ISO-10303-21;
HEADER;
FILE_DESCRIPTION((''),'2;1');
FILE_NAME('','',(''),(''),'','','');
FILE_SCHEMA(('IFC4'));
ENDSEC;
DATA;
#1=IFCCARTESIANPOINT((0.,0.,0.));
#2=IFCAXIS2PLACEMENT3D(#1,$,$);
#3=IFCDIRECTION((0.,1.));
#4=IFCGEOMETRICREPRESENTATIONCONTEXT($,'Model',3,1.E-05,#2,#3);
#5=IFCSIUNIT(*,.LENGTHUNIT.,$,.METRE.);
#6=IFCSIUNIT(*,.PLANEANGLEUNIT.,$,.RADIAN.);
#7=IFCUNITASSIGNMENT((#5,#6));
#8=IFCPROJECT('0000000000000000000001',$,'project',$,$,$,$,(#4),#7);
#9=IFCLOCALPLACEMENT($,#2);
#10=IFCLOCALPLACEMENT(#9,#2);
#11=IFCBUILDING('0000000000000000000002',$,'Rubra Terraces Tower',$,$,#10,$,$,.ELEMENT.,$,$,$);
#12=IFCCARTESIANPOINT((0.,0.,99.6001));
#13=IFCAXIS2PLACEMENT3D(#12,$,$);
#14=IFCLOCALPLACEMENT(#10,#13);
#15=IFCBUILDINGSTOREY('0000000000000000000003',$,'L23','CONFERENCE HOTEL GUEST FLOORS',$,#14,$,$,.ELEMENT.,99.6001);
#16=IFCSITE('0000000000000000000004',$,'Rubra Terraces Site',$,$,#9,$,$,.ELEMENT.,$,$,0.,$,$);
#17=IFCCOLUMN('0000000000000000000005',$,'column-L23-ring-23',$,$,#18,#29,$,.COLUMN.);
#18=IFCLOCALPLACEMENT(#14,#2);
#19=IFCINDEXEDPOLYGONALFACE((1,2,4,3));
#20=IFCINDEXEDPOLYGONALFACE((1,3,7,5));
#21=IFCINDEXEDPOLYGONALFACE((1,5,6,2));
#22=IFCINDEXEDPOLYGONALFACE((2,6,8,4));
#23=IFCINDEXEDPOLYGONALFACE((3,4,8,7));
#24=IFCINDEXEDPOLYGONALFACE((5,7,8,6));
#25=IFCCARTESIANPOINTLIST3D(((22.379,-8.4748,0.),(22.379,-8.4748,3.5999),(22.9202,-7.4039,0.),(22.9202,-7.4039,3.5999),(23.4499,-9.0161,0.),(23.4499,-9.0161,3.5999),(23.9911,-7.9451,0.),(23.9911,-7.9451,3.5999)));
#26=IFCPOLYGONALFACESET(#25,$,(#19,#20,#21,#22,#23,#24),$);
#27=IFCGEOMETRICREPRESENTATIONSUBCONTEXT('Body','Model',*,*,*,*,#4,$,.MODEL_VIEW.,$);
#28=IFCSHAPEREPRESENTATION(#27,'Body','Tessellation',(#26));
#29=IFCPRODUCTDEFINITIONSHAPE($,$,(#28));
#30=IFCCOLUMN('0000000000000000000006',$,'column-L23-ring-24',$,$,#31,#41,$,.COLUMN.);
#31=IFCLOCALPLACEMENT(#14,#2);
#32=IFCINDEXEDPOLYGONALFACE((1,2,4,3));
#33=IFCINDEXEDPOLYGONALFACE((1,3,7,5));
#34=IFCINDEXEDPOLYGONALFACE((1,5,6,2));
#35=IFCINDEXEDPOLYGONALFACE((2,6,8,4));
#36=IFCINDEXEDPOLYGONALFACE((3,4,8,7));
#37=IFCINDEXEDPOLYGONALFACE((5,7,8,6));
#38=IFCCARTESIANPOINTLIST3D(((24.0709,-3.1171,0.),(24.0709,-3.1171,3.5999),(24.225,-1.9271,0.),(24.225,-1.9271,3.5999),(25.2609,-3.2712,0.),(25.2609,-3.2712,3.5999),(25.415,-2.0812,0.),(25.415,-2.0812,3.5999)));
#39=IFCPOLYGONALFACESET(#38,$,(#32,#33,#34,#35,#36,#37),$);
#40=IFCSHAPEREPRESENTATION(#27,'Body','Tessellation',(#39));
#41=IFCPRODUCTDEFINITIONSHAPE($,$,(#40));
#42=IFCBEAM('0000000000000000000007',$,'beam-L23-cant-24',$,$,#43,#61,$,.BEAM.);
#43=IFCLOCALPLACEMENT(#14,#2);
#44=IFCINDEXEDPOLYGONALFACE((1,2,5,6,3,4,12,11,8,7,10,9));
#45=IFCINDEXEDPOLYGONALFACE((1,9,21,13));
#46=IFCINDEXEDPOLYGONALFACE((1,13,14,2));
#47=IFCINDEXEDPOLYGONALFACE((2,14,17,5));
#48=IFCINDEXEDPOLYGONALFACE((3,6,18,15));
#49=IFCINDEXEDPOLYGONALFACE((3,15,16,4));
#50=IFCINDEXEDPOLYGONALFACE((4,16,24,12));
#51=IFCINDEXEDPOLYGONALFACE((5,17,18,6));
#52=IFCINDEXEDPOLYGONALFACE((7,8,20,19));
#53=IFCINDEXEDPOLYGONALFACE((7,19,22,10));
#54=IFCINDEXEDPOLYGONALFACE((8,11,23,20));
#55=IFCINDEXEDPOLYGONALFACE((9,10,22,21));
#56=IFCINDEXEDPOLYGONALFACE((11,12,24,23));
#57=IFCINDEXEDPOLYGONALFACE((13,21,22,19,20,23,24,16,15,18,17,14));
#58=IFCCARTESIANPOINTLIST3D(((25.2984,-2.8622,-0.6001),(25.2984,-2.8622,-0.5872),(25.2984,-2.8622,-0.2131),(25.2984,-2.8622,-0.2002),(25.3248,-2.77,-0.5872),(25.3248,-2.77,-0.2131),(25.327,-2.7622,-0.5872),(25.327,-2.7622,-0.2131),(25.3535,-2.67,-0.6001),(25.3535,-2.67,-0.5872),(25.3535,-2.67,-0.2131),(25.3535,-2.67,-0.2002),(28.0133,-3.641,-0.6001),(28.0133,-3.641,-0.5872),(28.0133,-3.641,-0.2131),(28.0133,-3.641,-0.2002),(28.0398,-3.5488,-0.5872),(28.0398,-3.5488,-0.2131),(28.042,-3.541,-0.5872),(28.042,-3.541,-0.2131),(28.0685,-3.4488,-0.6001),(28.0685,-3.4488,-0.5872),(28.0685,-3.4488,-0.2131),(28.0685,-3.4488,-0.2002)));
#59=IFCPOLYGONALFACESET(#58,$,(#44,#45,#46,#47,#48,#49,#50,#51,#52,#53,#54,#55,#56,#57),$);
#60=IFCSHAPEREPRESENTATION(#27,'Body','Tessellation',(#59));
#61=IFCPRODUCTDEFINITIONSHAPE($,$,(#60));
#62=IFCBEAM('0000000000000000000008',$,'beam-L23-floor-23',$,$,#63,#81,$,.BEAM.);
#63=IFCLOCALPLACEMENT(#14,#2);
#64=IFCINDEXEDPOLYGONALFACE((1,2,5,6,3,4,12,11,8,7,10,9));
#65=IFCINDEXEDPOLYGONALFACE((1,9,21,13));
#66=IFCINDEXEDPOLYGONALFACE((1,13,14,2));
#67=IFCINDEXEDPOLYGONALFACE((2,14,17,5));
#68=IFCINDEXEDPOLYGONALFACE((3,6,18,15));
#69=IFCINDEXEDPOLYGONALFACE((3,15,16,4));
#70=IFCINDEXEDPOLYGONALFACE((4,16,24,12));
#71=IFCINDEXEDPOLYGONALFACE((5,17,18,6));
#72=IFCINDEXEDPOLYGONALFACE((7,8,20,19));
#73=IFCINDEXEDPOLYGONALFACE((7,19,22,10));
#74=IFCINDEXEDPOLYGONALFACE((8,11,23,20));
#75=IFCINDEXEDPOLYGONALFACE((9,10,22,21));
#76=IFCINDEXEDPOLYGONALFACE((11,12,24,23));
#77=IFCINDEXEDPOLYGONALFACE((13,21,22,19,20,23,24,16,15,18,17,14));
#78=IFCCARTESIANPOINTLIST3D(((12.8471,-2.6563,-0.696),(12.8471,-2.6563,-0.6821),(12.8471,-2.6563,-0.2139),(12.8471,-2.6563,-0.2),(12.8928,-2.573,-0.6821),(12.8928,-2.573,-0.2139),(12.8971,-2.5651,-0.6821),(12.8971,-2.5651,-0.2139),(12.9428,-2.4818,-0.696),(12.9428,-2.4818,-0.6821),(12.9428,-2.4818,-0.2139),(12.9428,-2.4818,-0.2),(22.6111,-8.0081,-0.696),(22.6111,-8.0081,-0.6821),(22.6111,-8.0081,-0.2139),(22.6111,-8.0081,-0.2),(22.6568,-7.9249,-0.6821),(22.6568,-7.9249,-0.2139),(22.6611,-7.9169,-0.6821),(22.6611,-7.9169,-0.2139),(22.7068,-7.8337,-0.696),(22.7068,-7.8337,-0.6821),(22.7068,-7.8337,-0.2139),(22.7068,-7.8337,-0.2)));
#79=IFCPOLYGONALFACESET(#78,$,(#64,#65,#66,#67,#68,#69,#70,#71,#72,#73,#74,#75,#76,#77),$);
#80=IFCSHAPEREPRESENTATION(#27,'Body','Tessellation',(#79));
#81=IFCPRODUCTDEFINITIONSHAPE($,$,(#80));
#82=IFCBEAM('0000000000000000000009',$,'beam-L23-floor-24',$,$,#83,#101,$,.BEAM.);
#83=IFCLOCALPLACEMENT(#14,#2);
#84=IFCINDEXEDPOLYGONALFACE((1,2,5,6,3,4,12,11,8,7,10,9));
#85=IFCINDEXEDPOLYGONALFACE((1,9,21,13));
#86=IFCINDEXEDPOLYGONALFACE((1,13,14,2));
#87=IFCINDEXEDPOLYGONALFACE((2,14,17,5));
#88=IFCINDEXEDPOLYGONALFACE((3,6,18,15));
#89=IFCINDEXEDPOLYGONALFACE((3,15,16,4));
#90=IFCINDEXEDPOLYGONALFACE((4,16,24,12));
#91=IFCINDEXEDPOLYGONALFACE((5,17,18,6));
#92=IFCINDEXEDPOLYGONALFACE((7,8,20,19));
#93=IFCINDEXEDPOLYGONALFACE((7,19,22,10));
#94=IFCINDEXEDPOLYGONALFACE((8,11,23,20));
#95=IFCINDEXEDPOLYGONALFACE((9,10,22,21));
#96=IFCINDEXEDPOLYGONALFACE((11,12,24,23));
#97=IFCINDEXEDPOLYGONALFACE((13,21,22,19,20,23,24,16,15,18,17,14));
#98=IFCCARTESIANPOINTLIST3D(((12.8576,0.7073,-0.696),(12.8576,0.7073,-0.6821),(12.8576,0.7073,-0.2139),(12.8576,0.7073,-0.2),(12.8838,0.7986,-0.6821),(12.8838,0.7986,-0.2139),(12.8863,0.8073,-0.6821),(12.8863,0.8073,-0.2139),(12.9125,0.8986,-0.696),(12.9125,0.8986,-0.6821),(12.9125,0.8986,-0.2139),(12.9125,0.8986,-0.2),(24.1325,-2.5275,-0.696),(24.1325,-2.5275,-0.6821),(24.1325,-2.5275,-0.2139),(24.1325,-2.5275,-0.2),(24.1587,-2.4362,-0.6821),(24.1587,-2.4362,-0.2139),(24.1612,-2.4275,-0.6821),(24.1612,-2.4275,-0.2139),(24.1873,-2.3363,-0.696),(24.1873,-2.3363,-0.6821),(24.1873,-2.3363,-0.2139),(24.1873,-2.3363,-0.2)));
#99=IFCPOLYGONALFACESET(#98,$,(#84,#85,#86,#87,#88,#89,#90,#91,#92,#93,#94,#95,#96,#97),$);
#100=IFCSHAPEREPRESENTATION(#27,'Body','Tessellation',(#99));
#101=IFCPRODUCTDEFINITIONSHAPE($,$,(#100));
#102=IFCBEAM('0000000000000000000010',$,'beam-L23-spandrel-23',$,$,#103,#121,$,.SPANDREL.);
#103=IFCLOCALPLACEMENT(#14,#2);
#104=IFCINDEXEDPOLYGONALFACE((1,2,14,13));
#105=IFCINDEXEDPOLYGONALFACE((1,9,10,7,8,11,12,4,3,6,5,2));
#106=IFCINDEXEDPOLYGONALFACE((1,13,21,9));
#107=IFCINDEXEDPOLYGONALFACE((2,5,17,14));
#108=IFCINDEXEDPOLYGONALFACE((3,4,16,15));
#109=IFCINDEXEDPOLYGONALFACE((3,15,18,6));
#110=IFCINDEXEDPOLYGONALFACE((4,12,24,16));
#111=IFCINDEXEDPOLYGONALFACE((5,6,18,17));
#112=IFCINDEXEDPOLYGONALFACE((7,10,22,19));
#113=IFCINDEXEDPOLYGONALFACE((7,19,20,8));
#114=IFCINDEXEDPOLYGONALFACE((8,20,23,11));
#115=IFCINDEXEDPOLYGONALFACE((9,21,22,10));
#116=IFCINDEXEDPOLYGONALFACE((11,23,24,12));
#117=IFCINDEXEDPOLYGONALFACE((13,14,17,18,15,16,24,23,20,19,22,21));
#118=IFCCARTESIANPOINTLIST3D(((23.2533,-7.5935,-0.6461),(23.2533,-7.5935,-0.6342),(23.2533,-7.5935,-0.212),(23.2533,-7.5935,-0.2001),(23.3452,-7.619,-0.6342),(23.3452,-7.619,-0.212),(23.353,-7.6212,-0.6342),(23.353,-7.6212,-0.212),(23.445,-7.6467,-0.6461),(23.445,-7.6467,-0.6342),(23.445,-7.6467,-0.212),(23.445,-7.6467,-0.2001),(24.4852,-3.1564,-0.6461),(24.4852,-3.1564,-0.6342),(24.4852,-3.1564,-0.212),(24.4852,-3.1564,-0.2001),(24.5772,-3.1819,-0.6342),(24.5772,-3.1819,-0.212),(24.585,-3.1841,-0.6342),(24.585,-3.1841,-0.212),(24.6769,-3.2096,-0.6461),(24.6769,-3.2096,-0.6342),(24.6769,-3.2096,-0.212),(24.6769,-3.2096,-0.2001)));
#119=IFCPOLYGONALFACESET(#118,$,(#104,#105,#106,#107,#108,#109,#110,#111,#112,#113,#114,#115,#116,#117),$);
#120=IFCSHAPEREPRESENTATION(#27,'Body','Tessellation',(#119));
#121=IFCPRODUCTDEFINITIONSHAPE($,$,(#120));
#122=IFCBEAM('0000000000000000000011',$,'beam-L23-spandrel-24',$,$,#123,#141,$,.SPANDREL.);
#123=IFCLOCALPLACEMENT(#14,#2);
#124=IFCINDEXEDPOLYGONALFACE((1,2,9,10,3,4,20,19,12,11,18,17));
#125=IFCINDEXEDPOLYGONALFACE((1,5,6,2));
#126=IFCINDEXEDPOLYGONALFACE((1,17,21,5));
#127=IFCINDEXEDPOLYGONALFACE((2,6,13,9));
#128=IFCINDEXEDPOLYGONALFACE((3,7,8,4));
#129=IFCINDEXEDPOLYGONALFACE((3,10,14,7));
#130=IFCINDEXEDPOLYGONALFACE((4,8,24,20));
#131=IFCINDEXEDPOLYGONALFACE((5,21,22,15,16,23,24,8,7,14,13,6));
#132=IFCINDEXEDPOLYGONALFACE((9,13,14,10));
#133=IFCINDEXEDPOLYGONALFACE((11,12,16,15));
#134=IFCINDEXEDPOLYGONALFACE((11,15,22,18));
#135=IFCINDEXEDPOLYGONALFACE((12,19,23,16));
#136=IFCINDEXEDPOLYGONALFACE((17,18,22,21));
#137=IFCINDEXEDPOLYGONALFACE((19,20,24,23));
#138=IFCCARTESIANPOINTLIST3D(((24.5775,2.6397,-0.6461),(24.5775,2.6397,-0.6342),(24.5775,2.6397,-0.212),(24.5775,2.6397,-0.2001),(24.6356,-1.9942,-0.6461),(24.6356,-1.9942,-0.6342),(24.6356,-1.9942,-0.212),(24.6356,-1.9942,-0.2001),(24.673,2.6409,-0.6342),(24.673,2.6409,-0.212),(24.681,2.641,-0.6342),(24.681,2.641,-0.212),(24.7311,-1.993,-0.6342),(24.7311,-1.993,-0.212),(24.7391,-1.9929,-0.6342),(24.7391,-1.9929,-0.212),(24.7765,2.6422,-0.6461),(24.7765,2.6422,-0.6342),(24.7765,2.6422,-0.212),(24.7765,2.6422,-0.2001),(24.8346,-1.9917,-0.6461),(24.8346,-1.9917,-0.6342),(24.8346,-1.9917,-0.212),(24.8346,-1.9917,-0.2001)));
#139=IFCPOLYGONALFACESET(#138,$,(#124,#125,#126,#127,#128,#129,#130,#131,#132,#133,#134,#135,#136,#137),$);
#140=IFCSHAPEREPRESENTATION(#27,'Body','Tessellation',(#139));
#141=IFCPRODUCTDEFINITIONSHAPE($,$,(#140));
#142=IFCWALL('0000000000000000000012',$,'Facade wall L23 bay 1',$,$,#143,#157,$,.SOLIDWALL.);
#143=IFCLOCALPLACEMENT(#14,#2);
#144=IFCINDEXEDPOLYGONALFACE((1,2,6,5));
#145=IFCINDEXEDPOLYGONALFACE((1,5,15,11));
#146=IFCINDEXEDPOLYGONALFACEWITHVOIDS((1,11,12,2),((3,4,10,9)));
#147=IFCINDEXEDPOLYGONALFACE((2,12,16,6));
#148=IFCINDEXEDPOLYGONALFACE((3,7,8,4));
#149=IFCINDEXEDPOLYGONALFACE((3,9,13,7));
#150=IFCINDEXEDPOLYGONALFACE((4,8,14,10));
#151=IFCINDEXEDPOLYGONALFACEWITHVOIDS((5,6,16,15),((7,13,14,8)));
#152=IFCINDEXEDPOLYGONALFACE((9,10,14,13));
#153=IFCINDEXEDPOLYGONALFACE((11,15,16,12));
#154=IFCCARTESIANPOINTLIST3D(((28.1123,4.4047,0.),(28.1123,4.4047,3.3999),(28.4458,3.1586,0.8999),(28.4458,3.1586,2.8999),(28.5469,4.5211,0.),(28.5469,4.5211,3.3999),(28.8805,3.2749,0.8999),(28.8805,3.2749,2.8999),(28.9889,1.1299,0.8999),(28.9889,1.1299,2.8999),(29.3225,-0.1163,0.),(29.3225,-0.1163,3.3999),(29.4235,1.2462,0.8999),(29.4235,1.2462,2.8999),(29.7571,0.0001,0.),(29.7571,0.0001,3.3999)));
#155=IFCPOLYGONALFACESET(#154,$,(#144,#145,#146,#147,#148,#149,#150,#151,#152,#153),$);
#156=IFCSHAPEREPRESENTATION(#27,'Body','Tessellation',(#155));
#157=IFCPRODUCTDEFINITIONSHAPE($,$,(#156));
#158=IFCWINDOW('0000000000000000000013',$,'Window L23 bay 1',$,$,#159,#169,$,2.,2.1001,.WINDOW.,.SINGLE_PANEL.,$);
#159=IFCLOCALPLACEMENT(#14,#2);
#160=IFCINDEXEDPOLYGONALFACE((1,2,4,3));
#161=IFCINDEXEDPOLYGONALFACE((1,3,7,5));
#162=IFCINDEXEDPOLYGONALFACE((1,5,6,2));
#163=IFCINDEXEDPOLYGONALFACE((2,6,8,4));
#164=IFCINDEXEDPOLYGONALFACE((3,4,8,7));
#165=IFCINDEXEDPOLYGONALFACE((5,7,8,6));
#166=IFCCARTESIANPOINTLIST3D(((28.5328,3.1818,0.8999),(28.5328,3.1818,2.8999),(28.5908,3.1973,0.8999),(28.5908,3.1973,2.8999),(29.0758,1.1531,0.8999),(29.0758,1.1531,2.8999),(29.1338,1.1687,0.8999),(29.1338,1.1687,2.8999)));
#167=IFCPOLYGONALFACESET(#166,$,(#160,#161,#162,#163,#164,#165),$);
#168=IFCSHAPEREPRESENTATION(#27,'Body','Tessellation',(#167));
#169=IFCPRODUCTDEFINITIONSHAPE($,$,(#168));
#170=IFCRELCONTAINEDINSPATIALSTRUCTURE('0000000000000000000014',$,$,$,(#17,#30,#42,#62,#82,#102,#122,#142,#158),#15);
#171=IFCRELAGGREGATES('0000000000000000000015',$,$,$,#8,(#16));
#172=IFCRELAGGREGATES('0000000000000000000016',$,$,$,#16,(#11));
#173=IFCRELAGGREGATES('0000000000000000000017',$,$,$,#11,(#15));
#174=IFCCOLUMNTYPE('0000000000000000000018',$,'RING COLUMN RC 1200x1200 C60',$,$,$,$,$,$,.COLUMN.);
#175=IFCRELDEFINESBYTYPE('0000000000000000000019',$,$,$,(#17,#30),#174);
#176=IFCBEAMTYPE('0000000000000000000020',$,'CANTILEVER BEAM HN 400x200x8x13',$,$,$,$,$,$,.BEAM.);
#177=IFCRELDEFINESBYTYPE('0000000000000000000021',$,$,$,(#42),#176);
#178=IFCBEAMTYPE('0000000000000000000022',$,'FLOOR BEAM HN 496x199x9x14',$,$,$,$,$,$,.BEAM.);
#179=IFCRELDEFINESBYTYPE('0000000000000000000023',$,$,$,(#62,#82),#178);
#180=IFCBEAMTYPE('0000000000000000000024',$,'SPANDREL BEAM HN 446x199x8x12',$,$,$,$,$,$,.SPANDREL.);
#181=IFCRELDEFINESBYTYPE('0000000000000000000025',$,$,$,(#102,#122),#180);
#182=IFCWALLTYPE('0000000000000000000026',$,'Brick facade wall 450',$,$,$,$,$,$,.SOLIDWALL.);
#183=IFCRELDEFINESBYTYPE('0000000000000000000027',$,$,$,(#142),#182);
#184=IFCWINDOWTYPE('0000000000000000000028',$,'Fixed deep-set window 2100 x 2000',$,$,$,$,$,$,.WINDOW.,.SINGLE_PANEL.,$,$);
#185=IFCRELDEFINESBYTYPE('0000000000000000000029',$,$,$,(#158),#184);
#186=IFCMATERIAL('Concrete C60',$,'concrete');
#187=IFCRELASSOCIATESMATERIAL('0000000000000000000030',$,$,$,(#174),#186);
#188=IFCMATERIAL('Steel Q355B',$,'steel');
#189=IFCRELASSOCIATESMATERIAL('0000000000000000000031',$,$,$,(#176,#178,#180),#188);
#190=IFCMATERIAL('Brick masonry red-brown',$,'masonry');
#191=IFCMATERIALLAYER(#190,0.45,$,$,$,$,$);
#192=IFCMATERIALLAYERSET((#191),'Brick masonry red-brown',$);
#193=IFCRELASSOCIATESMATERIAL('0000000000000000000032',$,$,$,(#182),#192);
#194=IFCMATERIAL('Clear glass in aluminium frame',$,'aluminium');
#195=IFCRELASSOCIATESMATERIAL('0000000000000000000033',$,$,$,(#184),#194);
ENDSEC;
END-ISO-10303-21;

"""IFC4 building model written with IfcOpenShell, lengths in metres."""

from ifc_helpers import new_model, si_unit, direction, frame, frame_2d, origin, origin_2d, place, context, subcontext, project, spatial, rectangle, i_section, extrude, material, layer, layer_set, material_profile, profile_set, type_object, element, fill, save


model = new_model("IFC4")

# Units and contexts
model_context = context("Model", 3, precision=1e-05, world=origin(), true_north=direction((0.0, 1.0)))
body_context = subcontext(model_context, "Body", "Model", "MODEL_VIEW")
ifc_project = project(units=[si_unit("LENGTHUNIT", "METRE"), si_unit("PLANEANGLEUNIT", "RADIAN")], contexts=[model_context])

# Site, building, storey
site_placement = place(None, origin())
site = spatial("IfcSite", under=ifc_project, at=site_placement, Name="Rubra Terraces Site", CompositionType="ELEMENT", RefElevation=0.0)
building_placement = place(site_placement, origin())
building = spatial("IfcBuilding", under=site, at=building_placement, Name="Rubra Terraces Tower", CompositionType="ELEMENT")
storey_placement = place(building_placement, frame((0.0, 0.0, 99.6001)))
storey = spatial("IfcBuildingStorey", under=building, at=storey_placement, Name="L23", Description="CONFERENCE HOTEL GUEST FLOORS", CompositionType="ELEMENT", Elevation=99.6001)

# Columns
ifc_material_1 = material(Name="Concrete C60", Category="concrete")
ifc_material_profile_1 = material_profile(ifc_material_1, rectangle(XDim=1.2, YDim=1.2, at=origin_2d()), Name="RC 1200x1200")
ifc_profile_set_1 = profile_set([ifc_material_profile_1], Name="Concrete C60")
column_type = type_object("IfcColumnType", Name="RING COLUMN RC 1200x1200 C60", PredefinedType="COLUMN", material=ifc_profile_set_1)
for number, where, z_axis, x_axis, name in (
    (1, (23.1851, -8.21, 0.0), (0.0, 0.0, 1.0), (0.451028, 0.89251, 0.0), "column-L23-ring-23"),
    (2, (24.7429, -2.5991, 0.0), (0.0, 0.0, 1.0), (0.128444, 0.991717, 0.0), "column-L23-ring-24"),
):
    element("IfcColumn", number, at=place(storey_placement, frame(where, z_axis=z_axis, x_axis=x_axis)), inside=storey, type_object=column_type, Name=name, PredefinedType="COLUMN", context=body_context, shape_type="SweptSolid", body=[
        extrude(rectangle(XDim=1.2, YDim=1.2, at=origin_2d()), origin(), (0.0, 0.0, 1.0), 3.5999),
    ])

# Beams
ifc_material_2 = material(Name="Steel Q355B", Category="steel")
ifc_material_profile_2 = material_profile(ifc_material_2, i_section(OverallWidth=0.2, OverallDepth=0.3999, WebThickness=0.0081, FlangeThickness=0.0129, at=origin_2d()), Name="HN 400x200x8x13")
ifc_profile_set_2 = profile_set([ifc_material_profile_2], Name="Steel Q355B")
beam_type_1 = type_object("IfcBeamType", Name="CANTILEVER BEAM HN 400x200x8x13", PredefinedType="BEAM", material=ifc_profile_set_2)
beam_1_placement = place(storey_placement, frame((25.3259, -2.7661, -0.4001), z_axis=(0.961236, -0.275726, 0.0), x_axis=(0.275726, 0.961236, 0.0)))
element("IfcBeam", 3, at=beam_1_placement, inside=storey, type_object=beam_type_1, Name="beam-L23-cant-24", PredefinedType="BEAM", context=body_context, shape_type="SweptSolid", body=[
    extrude(i_section(OverallWidth=0.2, OverallDepth=0.3999, WebThickness=0.0081, FlangeThickness=0.0129, at=origin_2d()), origin(), (0.0, 0.0, 1.0), 2.8245),
])
ifc_material_profile_3 = material_profile(ifc_material_2, i_section(OverallWidth=0.199, OverallDepth=0.4961, WebThickness=0.009, FlangeThickness=0.0139, at=origin_2d()), Name="HN 496x199x9x14")
ifc_profile_set_3 = profile_set([ifc_material_profile_3], Name="Steel Q355B")
beam_type_2 = type_object("IfcBeamType", Name="FLOOR BEAM HN 496x199x9x14", PredefinedType="BEAM", material=ifc_profile_set_3)
beam_2_placement = place(storey_placement, frame((22.6589, -7.9209, -0.448), z_axis=(-0.876911, 0.480653, 0.0), x_axis=(-0.480653, -0.876911, 0.0)))
element("IfcBeam", 4, at=beam_2_placement, inside=storey, type_object=beam_type_2, Name="beam-L23-floor-23", PredefinedType="BEAM", context=body_context, shape_type="SweptSolid", body=[
    extrude(i_section(OverallWidth=0.199, OverallDepth=0.4961, WebThickness=0.009, FlangeThickness=0.0139, at=origin_2d()), origin(), (0.0, 0.0, 1.0), 11.1345),
])
beam_3_placement = place(storey_placement, frame((24.1599, -2.4319, -0.448), z_axis=(-0.96122, 0.275782, 0.0), x_axis=(-0.275782, -0.96122, 0.0)))
element("IfcBeam", 5, at=beam_3_placement, inside=storey, type_object=beam_type_2, Name="beam-L23-floor-24", PredefinedType="BEAM", context=body_context, shape_type="SweptSolid", body=[
    extrude(i_section(OverallWidth=0.199, OverallDepth=0.4961, WebThickness=0.009, FlangeThickness=0.0139, at=origin_2d()), origin(), (0.0, 0.0, 1.0), 11.7297),
])
ifc_material_profile_4 = material_profile(ifc_material_2, i_section(OverallWidth=0.199, OverallDepth=0.446, WebThickness=0.0081, FlangeThickness=0.012, at=origin_2d()), Name="HN 446x199x8x12")
ifc_profile_set_4 = profile_set([ifc_material_profile_4], Name="Steel Q355B")
beam_type_3 = type_object("IfcBeamType", Name="SPANDREL BEAM HN 446x199x8x12", PredefinedType="SPANDREL", material=ifc_profile_set_4)
beam_4_placement = place(storey_placement, frame((23.3491, -7.6201, -0.4231), z_axis=(0.267529, 0.96355, 0.0), x_axis=(-0.96355, 0.267529, 0.0)))
element("IfcBeam", 6, at=beam_4_placement, inside=storey, type_object=beam_type_3, Name="beam-L23-spandrel-23", PredefinedType="SPANDREL", context=body_context, shape_type="SweptSolid", body=[
    extrude(i_section(OverallWidth=0.199, OverallDepth=0.446, WebThickness=0.0081, FlangeThickness=0.012, at=origin_2d()), origin(), (0.0, 0.0, 1.0), 4.605),
])
beam_5_placement = place(storey_placement, frame((24.7351, -1.9929, -0.4231), z_axis=(-0.012538, 0.999921, 0.0), x_axis=(-0.999921, -0.012538, 0.0)))
element("IfcBeam", 7, at=beam_5_placement, inside=storey, type_object=beam_type_3, Name="beam-L23-spandrel-24", PredefinedType="SPANDREL", context=body_context, shape_type="SweptSolid", body=[
    extrude(i_section(OverallWidth=0.199, OverallDepth=0.446, WebThickness=0.0081, FlangeThickness=0.012, at=origin_2d()), origin(), (0.0, 0.0, 1.0), 4.6343),
])

# Wall, opening, window
ifc_material_3 = material(Name="Brick masonry red-brown", Category="masonry")
ifc_layer_1 = layer(ifc_material_3, 0.45)
ifc_layer_set_1 = layer_set([ifc_layer_1], Name="Brick masonry red-brown")
wall_type_1 = type_object("IfcWallType", Name="Brick facade wall 450", PredefinedType="SOLIDWALL", material=ifc_layer_set_1)
wall_1_placement = place(storey_placement, frame((29.5398, -0.0581, 0.0), z_axis=(0.0, 0.0, 1.0), x_axis=(-0.258581, 0.965989, 0.0)))
wall_1 = element("IfcWall", 8, at=wall_1_placement, inside=storey, type_object=wall_type_1, Name="Facade wall L23 bay 1", PredefinedType="SOLIDWALL", context=body_context, shape_type="SweptSolid", body=[
    extrude(rectangle(XDim=4.6802, YDim=0.45, at=frame_2d((2.3401, 0.0))), origin(), (0.0, 0.0, 1.0), 3.3999),
])
opening_1_placement = place(wall_1_placement, frame((1.29, 0.0, 0.8999)))
opening_1 = element("IfcOpeningElement", 9, at=opening_1_placement, cuts=wall_1, PredefinedType="OPENING", context=body_context, shape_type="SweptSolid", body=[
    extrude(rectangle(XDim=2.1001, YDim=2.0, at=frame_2d((1.05, 1.0))), frame((0.0, 0.2349, 0.0), z_axis=(0.0, -1.0, 0.0), x_axis=(1.0, 0.0, 0.0)), (0.0, 0.0, 1.0), 0.47),
])
ifc_material_4 = material(Name="Clear glass in aluminium frame", Category="aluminium")
window_type = type_object("IfcWindowType", Name="Fixed deep-set window 2100 x 2000", PartitioningType="SINGLE_PANEL", PredefinedType="WINDOW", material=ifc_material_4)
window_1_placement = place(opening_1_placement, origin())
window_1 = element("IfcWindow", 10, at=window_1_placement, inside=storey, type_object=window_type, Name="Window L23 bay 1", OverallHeight=2.0, OverallWidth=2.1001, PartitioningType="SINGLE_PANEL", PredefinedType="WINDOW", context=body_context, shape_type="SweptSolid", body=[
    extrude(rectangle(XDim=2.1001, YDim=2.0, at=frame_2d((1.05, 1.0))), frame((0.0, 0.135, 0.0), z_axis=(0.0, -1.0, 0.0), x_axis=(1.0, 0.0, 0.0)), (0.0, 0.0, 1.0), 0.0601),
])
fill(opening_1, window_1)

save(model, "model.ifc")
